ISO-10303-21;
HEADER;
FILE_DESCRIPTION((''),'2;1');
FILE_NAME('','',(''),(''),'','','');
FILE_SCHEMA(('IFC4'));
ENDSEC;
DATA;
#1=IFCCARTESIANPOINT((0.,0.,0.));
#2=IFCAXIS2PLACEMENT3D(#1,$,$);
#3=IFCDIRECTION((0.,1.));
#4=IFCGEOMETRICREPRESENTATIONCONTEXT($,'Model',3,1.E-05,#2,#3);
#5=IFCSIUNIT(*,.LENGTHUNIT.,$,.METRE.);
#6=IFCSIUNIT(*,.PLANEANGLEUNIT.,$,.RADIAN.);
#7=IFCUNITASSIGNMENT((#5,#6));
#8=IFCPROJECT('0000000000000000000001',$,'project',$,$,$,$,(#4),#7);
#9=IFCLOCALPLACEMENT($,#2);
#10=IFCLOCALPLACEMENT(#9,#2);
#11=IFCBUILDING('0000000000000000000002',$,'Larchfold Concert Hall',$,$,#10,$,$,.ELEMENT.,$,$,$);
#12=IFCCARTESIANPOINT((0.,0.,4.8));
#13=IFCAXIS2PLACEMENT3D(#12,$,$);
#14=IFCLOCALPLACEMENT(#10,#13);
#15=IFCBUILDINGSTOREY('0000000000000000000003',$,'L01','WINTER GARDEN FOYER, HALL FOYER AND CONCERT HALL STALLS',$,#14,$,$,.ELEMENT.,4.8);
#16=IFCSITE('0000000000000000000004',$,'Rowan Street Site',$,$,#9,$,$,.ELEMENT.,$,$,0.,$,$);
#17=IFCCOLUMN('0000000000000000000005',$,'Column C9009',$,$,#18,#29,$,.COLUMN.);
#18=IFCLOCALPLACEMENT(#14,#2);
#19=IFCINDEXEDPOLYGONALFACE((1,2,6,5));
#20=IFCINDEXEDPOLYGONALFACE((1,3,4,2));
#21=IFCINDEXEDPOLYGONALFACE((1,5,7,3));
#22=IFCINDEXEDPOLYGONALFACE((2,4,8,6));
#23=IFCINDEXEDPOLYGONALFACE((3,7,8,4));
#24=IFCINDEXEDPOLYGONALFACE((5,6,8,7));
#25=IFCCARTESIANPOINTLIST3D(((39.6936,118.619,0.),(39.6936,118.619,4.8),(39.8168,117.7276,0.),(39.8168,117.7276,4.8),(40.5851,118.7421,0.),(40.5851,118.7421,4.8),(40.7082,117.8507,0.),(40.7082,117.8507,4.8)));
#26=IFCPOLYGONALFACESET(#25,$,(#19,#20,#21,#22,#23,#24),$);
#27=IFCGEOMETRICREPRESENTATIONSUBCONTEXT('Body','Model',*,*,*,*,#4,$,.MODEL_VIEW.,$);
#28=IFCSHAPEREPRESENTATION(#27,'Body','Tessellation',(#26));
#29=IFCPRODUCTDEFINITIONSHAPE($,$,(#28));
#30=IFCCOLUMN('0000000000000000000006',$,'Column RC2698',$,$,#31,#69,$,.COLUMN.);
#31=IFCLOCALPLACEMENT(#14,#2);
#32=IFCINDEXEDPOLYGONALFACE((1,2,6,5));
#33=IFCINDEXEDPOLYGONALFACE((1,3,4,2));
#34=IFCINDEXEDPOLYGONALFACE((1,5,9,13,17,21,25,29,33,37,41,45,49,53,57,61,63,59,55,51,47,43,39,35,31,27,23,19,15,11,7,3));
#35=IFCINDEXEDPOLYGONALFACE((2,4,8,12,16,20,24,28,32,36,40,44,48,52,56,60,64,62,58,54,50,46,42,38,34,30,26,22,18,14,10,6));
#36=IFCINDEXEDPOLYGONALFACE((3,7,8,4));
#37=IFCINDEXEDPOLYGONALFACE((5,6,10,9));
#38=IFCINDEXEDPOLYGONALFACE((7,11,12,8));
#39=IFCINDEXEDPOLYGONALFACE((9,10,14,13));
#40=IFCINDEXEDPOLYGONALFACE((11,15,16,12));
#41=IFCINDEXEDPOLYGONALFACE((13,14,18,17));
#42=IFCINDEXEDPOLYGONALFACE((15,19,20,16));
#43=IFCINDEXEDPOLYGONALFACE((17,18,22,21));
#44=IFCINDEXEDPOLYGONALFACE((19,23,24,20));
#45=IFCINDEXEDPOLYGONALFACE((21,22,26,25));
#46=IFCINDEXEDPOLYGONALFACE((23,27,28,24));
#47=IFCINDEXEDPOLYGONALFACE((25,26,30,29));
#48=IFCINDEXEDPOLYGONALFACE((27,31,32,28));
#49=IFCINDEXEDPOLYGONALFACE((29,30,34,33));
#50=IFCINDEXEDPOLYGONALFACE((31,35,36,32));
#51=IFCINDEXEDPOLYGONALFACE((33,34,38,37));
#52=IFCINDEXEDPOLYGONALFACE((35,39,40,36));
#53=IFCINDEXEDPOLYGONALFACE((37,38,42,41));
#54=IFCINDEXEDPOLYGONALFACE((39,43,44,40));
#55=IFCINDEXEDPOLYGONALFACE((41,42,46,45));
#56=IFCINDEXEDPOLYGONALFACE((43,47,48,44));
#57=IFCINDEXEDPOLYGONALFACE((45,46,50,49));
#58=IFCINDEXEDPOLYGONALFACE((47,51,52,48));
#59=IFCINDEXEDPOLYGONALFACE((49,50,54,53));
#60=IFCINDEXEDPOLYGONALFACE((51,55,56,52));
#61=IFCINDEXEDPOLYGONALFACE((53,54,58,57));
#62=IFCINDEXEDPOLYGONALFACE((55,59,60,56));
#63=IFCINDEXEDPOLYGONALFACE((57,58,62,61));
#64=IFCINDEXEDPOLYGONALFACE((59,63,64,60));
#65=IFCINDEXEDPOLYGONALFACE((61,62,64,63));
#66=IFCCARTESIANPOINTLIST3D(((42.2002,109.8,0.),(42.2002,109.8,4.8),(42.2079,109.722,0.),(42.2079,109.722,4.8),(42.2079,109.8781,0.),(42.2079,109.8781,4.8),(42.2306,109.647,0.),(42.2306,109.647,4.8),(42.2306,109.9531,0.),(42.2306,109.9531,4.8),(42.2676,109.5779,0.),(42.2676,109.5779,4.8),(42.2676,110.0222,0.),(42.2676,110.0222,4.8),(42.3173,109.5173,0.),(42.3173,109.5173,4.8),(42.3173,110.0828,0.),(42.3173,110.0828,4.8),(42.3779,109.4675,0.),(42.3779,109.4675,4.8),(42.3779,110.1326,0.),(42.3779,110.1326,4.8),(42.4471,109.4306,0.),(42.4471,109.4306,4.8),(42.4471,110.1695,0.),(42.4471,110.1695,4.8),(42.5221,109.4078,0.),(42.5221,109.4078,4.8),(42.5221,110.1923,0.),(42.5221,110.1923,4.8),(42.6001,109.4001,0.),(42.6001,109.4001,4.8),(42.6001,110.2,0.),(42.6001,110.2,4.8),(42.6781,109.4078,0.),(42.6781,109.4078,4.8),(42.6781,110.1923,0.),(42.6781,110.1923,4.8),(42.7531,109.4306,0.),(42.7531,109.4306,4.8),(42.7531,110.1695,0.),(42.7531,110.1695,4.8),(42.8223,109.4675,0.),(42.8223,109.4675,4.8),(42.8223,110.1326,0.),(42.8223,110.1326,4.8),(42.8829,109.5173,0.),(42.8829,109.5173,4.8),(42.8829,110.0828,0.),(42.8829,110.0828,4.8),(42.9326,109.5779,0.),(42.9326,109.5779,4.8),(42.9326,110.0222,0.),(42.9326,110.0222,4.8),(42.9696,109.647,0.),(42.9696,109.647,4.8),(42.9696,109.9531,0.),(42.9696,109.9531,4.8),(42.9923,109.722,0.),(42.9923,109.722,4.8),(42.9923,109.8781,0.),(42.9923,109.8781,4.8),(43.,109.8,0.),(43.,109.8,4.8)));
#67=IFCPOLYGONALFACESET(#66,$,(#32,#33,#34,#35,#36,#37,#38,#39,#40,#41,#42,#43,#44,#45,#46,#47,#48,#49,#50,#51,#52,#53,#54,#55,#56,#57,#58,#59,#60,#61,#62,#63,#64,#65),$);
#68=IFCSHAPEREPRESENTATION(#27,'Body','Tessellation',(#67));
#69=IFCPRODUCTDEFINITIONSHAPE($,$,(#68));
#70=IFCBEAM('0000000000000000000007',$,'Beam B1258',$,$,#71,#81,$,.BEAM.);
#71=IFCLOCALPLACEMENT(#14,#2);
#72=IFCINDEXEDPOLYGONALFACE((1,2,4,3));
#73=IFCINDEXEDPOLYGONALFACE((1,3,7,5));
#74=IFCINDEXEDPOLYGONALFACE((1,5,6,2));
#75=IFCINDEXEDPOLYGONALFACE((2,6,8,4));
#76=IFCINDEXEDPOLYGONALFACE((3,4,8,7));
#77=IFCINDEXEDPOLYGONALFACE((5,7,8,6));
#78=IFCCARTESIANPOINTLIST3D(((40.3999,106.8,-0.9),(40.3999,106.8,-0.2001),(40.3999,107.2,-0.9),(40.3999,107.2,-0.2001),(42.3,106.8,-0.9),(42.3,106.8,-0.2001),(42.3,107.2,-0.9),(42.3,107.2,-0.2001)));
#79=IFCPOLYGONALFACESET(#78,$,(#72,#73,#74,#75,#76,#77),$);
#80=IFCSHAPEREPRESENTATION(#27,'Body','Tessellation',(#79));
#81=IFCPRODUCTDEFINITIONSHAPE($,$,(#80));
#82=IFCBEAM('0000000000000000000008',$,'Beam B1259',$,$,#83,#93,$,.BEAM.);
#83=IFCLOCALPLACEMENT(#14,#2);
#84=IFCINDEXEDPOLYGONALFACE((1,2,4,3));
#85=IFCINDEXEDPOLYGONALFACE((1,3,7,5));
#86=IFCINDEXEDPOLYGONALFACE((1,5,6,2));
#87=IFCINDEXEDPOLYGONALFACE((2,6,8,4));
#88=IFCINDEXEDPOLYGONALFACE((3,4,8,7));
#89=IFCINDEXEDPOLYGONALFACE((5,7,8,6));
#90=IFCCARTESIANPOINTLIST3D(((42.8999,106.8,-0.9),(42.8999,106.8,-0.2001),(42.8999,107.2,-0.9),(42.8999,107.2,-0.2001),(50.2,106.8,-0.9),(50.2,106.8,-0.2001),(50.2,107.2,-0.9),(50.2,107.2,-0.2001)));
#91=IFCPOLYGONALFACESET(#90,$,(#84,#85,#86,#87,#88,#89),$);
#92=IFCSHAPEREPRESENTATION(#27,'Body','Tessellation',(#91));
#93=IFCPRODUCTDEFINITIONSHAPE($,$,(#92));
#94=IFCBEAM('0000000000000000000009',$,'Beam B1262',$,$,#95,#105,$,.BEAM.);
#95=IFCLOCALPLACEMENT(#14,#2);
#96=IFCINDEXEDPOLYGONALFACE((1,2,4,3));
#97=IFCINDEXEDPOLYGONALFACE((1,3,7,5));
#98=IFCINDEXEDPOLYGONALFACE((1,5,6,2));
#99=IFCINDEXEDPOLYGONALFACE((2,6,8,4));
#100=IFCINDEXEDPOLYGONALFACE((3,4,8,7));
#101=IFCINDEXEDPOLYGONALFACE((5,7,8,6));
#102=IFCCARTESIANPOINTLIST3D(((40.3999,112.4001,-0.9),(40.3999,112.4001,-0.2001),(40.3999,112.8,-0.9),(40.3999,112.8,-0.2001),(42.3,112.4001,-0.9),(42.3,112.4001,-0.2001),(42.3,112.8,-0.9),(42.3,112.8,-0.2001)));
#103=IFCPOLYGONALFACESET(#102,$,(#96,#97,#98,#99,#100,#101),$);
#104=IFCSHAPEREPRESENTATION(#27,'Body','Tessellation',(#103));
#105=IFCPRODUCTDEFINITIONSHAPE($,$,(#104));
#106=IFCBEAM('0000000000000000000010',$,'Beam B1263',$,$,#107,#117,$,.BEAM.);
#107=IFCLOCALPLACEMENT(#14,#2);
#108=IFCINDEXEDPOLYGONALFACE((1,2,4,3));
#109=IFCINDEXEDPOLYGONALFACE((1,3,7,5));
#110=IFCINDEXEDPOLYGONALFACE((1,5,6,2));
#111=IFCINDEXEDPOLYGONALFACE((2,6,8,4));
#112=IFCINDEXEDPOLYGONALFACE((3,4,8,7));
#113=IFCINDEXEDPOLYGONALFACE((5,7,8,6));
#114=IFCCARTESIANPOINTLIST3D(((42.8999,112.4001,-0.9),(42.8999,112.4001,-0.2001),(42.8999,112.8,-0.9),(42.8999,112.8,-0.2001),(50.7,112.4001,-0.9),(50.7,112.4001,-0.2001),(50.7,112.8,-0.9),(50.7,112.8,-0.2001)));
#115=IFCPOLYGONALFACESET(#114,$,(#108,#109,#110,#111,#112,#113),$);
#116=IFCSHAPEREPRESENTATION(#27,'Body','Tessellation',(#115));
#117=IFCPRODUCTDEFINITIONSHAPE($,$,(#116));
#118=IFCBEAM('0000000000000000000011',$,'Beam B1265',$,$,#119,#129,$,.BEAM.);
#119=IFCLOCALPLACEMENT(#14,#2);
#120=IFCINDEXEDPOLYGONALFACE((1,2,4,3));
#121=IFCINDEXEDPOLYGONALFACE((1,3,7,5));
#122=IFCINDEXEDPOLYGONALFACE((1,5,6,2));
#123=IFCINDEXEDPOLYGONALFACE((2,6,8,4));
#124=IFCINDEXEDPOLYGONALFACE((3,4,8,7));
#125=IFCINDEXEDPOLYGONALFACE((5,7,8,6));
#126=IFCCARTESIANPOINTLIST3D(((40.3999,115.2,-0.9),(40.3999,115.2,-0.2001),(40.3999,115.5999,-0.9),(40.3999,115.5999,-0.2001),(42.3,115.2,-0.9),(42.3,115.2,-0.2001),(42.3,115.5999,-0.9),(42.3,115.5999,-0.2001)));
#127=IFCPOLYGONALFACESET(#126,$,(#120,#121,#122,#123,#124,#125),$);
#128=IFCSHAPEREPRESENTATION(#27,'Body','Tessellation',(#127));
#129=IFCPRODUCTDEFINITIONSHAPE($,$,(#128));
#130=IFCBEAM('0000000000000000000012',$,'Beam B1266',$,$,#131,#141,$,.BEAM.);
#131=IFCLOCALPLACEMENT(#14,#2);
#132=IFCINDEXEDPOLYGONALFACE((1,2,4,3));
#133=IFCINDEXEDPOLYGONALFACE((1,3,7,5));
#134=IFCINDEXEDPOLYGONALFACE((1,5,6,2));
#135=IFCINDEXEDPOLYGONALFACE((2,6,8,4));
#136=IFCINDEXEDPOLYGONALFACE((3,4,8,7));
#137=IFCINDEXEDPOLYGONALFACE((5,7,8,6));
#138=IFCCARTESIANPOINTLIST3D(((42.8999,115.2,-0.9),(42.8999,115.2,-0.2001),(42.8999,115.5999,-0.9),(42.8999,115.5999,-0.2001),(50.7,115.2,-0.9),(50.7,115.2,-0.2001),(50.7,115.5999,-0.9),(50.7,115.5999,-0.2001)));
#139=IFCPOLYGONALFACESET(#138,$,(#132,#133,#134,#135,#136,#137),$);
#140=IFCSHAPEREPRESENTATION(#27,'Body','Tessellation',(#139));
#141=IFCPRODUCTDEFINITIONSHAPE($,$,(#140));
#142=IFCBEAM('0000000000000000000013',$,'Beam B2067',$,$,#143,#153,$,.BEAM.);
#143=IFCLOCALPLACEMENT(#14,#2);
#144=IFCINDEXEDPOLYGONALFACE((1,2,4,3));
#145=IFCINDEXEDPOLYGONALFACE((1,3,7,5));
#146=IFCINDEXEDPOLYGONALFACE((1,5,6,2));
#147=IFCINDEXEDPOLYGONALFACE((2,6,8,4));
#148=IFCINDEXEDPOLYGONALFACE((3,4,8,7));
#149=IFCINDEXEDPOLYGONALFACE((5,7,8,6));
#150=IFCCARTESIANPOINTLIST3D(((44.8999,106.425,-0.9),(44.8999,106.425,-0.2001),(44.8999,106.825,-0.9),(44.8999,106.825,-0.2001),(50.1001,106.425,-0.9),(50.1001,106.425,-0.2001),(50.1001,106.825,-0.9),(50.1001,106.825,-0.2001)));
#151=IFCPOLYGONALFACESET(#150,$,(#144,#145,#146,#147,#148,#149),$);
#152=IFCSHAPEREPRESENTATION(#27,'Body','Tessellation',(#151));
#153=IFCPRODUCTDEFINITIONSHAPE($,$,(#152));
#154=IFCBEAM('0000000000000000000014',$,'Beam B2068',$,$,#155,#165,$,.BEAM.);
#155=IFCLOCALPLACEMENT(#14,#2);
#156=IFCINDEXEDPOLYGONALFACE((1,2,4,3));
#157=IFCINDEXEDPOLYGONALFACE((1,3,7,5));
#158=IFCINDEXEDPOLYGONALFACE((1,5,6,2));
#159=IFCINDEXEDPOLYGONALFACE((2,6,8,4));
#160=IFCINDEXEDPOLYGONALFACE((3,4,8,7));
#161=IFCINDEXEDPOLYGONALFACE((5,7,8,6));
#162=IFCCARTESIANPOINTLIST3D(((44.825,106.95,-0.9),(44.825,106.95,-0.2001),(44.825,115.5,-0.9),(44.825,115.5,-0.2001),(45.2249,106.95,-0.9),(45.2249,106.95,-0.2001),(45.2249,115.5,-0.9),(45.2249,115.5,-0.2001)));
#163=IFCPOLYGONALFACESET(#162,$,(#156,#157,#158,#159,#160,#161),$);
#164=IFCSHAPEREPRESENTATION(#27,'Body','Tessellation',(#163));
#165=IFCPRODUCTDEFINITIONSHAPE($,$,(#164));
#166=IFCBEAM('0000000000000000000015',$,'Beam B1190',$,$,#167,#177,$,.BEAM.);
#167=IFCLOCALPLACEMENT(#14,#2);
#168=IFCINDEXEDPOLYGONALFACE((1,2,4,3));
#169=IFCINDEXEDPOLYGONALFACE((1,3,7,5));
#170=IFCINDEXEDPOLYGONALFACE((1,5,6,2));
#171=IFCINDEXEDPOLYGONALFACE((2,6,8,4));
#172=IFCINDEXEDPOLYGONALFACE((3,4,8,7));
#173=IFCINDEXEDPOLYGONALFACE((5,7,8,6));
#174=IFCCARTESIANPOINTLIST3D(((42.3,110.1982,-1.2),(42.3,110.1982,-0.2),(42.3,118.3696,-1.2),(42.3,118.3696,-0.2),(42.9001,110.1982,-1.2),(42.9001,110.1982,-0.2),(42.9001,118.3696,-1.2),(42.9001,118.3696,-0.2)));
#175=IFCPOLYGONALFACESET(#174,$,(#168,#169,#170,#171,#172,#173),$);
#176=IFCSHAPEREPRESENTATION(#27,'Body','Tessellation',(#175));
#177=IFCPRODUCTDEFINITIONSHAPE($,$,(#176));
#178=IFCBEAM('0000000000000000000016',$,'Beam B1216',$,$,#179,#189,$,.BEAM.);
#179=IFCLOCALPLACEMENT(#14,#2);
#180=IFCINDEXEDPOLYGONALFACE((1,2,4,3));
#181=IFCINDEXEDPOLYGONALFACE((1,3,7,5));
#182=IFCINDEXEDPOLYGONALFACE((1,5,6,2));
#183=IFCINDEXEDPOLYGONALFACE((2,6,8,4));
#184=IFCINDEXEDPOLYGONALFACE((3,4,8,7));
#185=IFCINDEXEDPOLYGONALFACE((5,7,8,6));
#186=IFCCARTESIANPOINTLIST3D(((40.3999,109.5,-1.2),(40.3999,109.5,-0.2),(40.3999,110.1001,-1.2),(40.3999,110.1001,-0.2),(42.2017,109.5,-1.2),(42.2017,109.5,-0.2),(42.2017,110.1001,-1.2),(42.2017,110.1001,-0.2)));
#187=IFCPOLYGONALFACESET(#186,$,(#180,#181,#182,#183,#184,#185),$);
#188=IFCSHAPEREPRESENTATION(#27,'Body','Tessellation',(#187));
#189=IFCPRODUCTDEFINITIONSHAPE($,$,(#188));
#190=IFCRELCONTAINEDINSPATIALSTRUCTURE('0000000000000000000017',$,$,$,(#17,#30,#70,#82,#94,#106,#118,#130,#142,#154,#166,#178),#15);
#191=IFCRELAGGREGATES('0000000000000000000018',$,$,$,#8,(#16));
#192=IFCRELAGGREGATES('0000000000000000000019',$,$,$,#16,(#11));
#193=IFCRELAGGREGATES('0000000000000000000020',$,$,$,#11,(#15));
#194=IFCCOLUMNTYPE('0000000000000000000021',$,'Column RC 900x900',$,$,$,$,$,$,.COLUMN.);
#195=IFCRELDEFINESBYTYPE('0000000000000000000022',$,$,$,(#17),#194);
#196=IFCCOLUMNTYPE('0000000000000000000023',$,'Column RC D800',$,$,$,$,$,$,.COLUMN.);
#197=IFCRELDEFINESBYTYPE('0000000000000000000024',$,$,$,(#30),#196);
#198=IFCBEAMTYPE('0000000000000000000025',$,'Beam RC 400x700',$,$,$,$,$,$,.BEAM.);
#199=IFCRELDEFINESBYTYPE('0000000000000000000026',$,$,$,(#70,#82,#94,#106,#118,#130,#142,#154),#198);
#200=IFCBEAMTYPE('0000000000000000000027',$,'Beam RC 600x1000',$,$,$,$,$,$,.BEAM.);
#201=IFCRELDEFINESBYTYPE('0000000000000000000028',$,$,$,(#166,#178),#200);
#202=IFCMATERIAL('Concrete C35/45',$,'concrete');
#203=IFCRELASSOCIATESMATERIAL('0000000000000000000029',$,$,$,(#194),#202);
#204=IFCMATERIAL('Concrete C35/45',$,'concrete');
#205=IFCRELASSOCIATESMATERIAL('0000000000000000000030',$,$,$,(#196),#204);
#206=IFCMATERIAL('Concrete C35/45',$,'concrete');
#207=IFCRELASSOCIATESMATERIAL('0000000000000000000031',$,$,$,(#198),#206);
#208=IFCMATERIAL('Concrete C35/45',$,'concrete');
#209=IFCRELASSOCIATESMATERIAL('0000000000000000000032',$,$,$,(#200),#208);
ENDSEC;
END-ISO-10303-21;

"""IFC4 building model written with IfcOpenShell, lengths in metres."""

from ifc_helpers import new_model, si_unit, direction, frame, origin, origin_2d, place, context, subcontext, project, spatial, rectangle, circle, extrude, material, material_profile, profile_set, type_object, element, save


model = new_model("IFC4")

# Units and contexts
model_context = context("Model", 3, precision=1e-05, world=origin(), true_north=direction((0.0, 1.0)))
body_context = subcontext(model_context, "Body", "Model", "MODEL_VIEW")
ifc_project = project(units=[si_unit("LENGTHUNIT", "METRE"), si_unit("PLANEANGLEUNIT", "RADIAN")], contexts=[model_context])

# Site, building, storey
site_placement = place(None, origin())
site = spatial("IfcSite", under=ifc_project, at=site_placement, Name="Rowan Street Site", CompositionType="ELEMENT", RefElevation=0.0)
building_placement = place(site_placement, origin())
building = spatial("IfcBuilding", under=site, at=building_placement, Name="Larchfold Concert Hall", CompositionType="ELEMENT")
storey_placement = place(building_placement, frame((0.0, 0.0, 4.8)))
storey = spatial("IfcBuildingStorey", under=building, at=storey_placement, Name="L01", Description="WINTER GARDEN FOYER, HALL FOYER AND CONCERT HALL STALLS", CompositionType="ELEMENT", Elevation=4.8)

# Columns
ifc_material_1 = material(Name="Concrete C35/45", Category="concrete")
ifc_material_profile_1 = material_profile(ifc_material_1, rectangle(XDim=0.8999, YDim=0.8999, at=origin_2d()))
ifc_profile_set_1 = profile_set([ifc_material_profile_1], Name="Concrete C35/45")
column_type_1 = type_object("IfcColumnType", Name="Column RC 900x900", PredefinedType="COLUMN", material=ifc_profile_set_1)
column_1_placement = place(storey_placement, frame((40.2009, 118.2349, 0.0), z_axis=(0.0, 0.0, 1.0), x_axis=(0.990596, 0.13682, 0.0)))
element("IfcColumn", 1, at=column_1_placement, inside=storey, type_object=column_type_1, Name="Column C9009", PredefinedType="COLUMN", context=body_context, shape_type="SweptSolid", body=[
    extrude(rectangle(XDim=0.8999, YDim=0.8999, at=origin_2d()), origin(), (0.0, 0.0, 1.0), 4.8),
])
ifc_material_2 = material(Name="Concrete C35/45", Category="concrete")
ifc_material_profile_2 = material_profile(ifc_material_2, circle(Radius=0.3999, at=origin_2d()))
ifc_profile_set_2 = profile_set([ifc_material_profile_2], Name="Concrete C35/45")
column_type_2 = type_object("IfcColumnType", Name="Column RC D800", PredefinedType="COLUMN", material=ifc_profile_set_2)
column_2_placement = place(storey_placement, frame((42.6001, 109.8, 0.0), z_axis=(0.0, 0.0, 1.0), x_axis=(1.0, 0.0, 0.0)))
element("IfcColumn", 2, at=column_2_placement, inside=storey, type_object=column_type_2, Name="Column RC2698", PredefinedType="COLUMN", context=body_context, shape_type="SweptSolid", body=[
    extrude(circle(Radius=0.3999, at=origin_2d()), origin(), (0.0, 0.0, 1.0), 4.8),
])

# Beams
ifc_material_3 = material(Name="Concrete C35/45", Category="concrete")
ifc_material_profile_3 = material_profile(ifc_material_3, rectangle(XDim=0.3999, YDim=0.7, at=origin_2d()))
ifc_profile_set_3 = profile_set([ifc_material_profile_3], Name="Concrete C35/45")
beam_type_1 = type_object("IfcBeamType", Name="Beam RC 400x700", PredefinedType="BEAM", material=ifc_profile_set_3)
beam_1_placement = place(storey_placement, frame((40.3999, 107.0, -0.55), z_axis=(1.0, 0.0, 0.0), x_axis=(0.0, 1.0, 0.0)))
element("IfcBeam", 3, at=beam_1_placement, inside=storey, type_object=beam_type_1, Name="Beam B1258", PredefinedType="BEAM", context=body_context, shape_type="SweptSolid", body=[
    extrude(rectangle(XDim=0.3999, YDim=0.7, at=origin_2d()), origin(), (0.0, 0.0, 1.0), 1.9001),
])
beam_2_placement = place(storey_placement, frame((42.8999, 107.0, -0.55), z_axis=(1.0, 0.0, 0.0), x_axis=(0.0, 1.0, 0.0)))
element("IfcBeam", 4, at=beam_2_placement, inside=storey, type_object=beam_type_1, Name="Beam B1259", PredefinedType="BEAM", context=body_context, shape_type="SweptSolid", body=[
    extrude(rectangle(XDim=0.3999, YDim=0.7, at=origin_2d()), origin(), (0.0, 0.0, 1.0), 7.3),
])
beam_3_placement = place(storey_placement, frame((40.3999, 112.6001, -0.55), z_axis=(1.0, 0.0, 0.0), x_axis=(0.0, 1.0, 0.0)))
element("IfcBeam", 5, at=beam_3_placement, inside=storey, type_object=beam_type_1, Name="Beam B1262", PredefinedType="BEAM", context=body_context, shape_type="SweptSolid", body=[
    extrude(rectangle(XDim=0.3999, YDim=0.7, at=origin_2d()), origin(), (0.0, 0.0, 1.0), 1.9001),
])
beam_4_placement = place(storey_placement, frame((42.8999, 112.6001, -0.55), z_axis=(1.0, 0.0, 0.0), x_axis=(0.0, 1.0, 0.0)))
element("IfcBeam", 6, at=beam_4_placement, inside=storey, type_object=beam_type_1, Name="Beam B1263", PredefinedType="BEAM", context=body_context, shape_type="SweptSolid", body=[
    extrude(rectangle(XDim=0.3999, YDim=0.7, at=origin_2d()), origin(), (0.0, 0.0, 1.0), 7.8),
])
beam_5_placement = place(storey_placement, frame((40.3999, 115.3999, -0.55), z_axis=(1.0, 0.0, 0.0), x_axis=(0.0, 1.0, 0.0)))
element("IfcBeam", 7, at=beam_5_placement, inside=storey, type_object=beam_type_1, Name="Beam B1265", PredefinedType="BEAM", context=body_context, shape_type="SweptSolid", body=[
    extrude(rectangle(XDim=0.3999, YDim=0.7, at=origin_2d()), origin(), (0.0, 0.0, 1.0), 1.9001),
])
beam_6_placement = place(storey_placement, frame((42.8999, 115.3999, -0.55), z_axis=(1.0, 0.0, 0.0), x_axis=(0.0, 1.0, 0.0)))
element("IfcBeam", 8, at=beam_6_placement, inside=storey, type_object=beam_type_1, Name="Beam B1266", PredefinedType="BEAM", context=body_context, shape_type="SweptSolid", body=[
    extrude(rectangle(XDim=0.3999, YDim=0.7, at=origin_2d()), origin(), (0.0, 0.0, 1.0), 7.8),
])
beam_7_placement = place(storey_placement, frame((44.8999, 106.625, -0.55), z_axis=(1.0, 0.0, 0.0), x_axis=(0.0, 1.0, 0.0)))
element("IfcBeam", 9, at=beam_7_placement, inside=storey, type_object=beam_type_1, Name="Beam B2067", PredefinedType="BEAM", context=body_context, shape_type="SweptSolid", body=[
    extrude(rectangle(XDim=0.3999, YDim=0.7, at=origin_2d()), origin(), (0.0, 0.0, 1.0), 5.2002),
])
beam_8_placement = place(storey_placement, frame((45.0249, 106.95, -0.55), z_axis=(0.0, 1.0, 0.0), x_axis=(-1.0, 0.0, 0.0)))
element("IfcBeam", 10, at=beam_8_placement, inside=storey, type_object=beam_type_1, Name="Beam B2068", PredefinedType="BEAM", context=body_context, shape_type="SweptSolid", body=[
    extrude(rectangle(XDim=0.3999, YDim=0.7, at=origin_2d()), origin(), (0.0, 0.0, 1.0), 8.55),
])
ifc_material_4 = material(Name="Concrete C35/45", Category="concrete")
ifc_material_profile_4 = material_profile(ifc_material_4, rectangle(XDim=0.6001, YDim=1.0, at=origin_2d()))
ifc_profile_set_4 = profile_set([ifc_material_profile_4], Name="Concrete C35/45")
beam_type_2 = type_object("IfcBeamType", Name="Beam RC 600x1000", PredefinedType="BEAM", material=ifc_profile_set_4)
beam_9_placement = place(storey_placement, frame((42.6001, 110.1982, -0.7), z_axis=(0.0, 1.0, 0.0), x_axis=(-1.0, 0.0, 0.0)))
element("IfcBeam", 11, at=beam_9_placement, inside=storey, type_object=beam_type_2, Name="Beam B1190", PredefinedType="BEAM", context=body_context, shape_type="SweptSolid", body=[
    extrude(rectangle(XDim=0.6001, YDim=1.0, at=origin_2d()), origin(), (0.0, 0.0, 1.0), 8.1714),
])
beam_10_placement = place(storey_placement, frame((40.3999, 109.8, -0.7), z_axis=(1.0, 0.0, 0.0), x_axis=(0.0, 1.0, 0.0)))
element("IfcBeam", 12, at=beam_10_placement, inside=storey, type_object=beam_type_2, Name="Beam B1216", PredefinedType="BEAM", context=body_context, shape_type="SweptSolid", body=[
    extrude(rectangle(XDim=0.6001, YDim=1.0, at=origin_2d()), origin(), (0.0, 0.0, 1.0), 1.8018),
])

save(model, "model.ifc")
